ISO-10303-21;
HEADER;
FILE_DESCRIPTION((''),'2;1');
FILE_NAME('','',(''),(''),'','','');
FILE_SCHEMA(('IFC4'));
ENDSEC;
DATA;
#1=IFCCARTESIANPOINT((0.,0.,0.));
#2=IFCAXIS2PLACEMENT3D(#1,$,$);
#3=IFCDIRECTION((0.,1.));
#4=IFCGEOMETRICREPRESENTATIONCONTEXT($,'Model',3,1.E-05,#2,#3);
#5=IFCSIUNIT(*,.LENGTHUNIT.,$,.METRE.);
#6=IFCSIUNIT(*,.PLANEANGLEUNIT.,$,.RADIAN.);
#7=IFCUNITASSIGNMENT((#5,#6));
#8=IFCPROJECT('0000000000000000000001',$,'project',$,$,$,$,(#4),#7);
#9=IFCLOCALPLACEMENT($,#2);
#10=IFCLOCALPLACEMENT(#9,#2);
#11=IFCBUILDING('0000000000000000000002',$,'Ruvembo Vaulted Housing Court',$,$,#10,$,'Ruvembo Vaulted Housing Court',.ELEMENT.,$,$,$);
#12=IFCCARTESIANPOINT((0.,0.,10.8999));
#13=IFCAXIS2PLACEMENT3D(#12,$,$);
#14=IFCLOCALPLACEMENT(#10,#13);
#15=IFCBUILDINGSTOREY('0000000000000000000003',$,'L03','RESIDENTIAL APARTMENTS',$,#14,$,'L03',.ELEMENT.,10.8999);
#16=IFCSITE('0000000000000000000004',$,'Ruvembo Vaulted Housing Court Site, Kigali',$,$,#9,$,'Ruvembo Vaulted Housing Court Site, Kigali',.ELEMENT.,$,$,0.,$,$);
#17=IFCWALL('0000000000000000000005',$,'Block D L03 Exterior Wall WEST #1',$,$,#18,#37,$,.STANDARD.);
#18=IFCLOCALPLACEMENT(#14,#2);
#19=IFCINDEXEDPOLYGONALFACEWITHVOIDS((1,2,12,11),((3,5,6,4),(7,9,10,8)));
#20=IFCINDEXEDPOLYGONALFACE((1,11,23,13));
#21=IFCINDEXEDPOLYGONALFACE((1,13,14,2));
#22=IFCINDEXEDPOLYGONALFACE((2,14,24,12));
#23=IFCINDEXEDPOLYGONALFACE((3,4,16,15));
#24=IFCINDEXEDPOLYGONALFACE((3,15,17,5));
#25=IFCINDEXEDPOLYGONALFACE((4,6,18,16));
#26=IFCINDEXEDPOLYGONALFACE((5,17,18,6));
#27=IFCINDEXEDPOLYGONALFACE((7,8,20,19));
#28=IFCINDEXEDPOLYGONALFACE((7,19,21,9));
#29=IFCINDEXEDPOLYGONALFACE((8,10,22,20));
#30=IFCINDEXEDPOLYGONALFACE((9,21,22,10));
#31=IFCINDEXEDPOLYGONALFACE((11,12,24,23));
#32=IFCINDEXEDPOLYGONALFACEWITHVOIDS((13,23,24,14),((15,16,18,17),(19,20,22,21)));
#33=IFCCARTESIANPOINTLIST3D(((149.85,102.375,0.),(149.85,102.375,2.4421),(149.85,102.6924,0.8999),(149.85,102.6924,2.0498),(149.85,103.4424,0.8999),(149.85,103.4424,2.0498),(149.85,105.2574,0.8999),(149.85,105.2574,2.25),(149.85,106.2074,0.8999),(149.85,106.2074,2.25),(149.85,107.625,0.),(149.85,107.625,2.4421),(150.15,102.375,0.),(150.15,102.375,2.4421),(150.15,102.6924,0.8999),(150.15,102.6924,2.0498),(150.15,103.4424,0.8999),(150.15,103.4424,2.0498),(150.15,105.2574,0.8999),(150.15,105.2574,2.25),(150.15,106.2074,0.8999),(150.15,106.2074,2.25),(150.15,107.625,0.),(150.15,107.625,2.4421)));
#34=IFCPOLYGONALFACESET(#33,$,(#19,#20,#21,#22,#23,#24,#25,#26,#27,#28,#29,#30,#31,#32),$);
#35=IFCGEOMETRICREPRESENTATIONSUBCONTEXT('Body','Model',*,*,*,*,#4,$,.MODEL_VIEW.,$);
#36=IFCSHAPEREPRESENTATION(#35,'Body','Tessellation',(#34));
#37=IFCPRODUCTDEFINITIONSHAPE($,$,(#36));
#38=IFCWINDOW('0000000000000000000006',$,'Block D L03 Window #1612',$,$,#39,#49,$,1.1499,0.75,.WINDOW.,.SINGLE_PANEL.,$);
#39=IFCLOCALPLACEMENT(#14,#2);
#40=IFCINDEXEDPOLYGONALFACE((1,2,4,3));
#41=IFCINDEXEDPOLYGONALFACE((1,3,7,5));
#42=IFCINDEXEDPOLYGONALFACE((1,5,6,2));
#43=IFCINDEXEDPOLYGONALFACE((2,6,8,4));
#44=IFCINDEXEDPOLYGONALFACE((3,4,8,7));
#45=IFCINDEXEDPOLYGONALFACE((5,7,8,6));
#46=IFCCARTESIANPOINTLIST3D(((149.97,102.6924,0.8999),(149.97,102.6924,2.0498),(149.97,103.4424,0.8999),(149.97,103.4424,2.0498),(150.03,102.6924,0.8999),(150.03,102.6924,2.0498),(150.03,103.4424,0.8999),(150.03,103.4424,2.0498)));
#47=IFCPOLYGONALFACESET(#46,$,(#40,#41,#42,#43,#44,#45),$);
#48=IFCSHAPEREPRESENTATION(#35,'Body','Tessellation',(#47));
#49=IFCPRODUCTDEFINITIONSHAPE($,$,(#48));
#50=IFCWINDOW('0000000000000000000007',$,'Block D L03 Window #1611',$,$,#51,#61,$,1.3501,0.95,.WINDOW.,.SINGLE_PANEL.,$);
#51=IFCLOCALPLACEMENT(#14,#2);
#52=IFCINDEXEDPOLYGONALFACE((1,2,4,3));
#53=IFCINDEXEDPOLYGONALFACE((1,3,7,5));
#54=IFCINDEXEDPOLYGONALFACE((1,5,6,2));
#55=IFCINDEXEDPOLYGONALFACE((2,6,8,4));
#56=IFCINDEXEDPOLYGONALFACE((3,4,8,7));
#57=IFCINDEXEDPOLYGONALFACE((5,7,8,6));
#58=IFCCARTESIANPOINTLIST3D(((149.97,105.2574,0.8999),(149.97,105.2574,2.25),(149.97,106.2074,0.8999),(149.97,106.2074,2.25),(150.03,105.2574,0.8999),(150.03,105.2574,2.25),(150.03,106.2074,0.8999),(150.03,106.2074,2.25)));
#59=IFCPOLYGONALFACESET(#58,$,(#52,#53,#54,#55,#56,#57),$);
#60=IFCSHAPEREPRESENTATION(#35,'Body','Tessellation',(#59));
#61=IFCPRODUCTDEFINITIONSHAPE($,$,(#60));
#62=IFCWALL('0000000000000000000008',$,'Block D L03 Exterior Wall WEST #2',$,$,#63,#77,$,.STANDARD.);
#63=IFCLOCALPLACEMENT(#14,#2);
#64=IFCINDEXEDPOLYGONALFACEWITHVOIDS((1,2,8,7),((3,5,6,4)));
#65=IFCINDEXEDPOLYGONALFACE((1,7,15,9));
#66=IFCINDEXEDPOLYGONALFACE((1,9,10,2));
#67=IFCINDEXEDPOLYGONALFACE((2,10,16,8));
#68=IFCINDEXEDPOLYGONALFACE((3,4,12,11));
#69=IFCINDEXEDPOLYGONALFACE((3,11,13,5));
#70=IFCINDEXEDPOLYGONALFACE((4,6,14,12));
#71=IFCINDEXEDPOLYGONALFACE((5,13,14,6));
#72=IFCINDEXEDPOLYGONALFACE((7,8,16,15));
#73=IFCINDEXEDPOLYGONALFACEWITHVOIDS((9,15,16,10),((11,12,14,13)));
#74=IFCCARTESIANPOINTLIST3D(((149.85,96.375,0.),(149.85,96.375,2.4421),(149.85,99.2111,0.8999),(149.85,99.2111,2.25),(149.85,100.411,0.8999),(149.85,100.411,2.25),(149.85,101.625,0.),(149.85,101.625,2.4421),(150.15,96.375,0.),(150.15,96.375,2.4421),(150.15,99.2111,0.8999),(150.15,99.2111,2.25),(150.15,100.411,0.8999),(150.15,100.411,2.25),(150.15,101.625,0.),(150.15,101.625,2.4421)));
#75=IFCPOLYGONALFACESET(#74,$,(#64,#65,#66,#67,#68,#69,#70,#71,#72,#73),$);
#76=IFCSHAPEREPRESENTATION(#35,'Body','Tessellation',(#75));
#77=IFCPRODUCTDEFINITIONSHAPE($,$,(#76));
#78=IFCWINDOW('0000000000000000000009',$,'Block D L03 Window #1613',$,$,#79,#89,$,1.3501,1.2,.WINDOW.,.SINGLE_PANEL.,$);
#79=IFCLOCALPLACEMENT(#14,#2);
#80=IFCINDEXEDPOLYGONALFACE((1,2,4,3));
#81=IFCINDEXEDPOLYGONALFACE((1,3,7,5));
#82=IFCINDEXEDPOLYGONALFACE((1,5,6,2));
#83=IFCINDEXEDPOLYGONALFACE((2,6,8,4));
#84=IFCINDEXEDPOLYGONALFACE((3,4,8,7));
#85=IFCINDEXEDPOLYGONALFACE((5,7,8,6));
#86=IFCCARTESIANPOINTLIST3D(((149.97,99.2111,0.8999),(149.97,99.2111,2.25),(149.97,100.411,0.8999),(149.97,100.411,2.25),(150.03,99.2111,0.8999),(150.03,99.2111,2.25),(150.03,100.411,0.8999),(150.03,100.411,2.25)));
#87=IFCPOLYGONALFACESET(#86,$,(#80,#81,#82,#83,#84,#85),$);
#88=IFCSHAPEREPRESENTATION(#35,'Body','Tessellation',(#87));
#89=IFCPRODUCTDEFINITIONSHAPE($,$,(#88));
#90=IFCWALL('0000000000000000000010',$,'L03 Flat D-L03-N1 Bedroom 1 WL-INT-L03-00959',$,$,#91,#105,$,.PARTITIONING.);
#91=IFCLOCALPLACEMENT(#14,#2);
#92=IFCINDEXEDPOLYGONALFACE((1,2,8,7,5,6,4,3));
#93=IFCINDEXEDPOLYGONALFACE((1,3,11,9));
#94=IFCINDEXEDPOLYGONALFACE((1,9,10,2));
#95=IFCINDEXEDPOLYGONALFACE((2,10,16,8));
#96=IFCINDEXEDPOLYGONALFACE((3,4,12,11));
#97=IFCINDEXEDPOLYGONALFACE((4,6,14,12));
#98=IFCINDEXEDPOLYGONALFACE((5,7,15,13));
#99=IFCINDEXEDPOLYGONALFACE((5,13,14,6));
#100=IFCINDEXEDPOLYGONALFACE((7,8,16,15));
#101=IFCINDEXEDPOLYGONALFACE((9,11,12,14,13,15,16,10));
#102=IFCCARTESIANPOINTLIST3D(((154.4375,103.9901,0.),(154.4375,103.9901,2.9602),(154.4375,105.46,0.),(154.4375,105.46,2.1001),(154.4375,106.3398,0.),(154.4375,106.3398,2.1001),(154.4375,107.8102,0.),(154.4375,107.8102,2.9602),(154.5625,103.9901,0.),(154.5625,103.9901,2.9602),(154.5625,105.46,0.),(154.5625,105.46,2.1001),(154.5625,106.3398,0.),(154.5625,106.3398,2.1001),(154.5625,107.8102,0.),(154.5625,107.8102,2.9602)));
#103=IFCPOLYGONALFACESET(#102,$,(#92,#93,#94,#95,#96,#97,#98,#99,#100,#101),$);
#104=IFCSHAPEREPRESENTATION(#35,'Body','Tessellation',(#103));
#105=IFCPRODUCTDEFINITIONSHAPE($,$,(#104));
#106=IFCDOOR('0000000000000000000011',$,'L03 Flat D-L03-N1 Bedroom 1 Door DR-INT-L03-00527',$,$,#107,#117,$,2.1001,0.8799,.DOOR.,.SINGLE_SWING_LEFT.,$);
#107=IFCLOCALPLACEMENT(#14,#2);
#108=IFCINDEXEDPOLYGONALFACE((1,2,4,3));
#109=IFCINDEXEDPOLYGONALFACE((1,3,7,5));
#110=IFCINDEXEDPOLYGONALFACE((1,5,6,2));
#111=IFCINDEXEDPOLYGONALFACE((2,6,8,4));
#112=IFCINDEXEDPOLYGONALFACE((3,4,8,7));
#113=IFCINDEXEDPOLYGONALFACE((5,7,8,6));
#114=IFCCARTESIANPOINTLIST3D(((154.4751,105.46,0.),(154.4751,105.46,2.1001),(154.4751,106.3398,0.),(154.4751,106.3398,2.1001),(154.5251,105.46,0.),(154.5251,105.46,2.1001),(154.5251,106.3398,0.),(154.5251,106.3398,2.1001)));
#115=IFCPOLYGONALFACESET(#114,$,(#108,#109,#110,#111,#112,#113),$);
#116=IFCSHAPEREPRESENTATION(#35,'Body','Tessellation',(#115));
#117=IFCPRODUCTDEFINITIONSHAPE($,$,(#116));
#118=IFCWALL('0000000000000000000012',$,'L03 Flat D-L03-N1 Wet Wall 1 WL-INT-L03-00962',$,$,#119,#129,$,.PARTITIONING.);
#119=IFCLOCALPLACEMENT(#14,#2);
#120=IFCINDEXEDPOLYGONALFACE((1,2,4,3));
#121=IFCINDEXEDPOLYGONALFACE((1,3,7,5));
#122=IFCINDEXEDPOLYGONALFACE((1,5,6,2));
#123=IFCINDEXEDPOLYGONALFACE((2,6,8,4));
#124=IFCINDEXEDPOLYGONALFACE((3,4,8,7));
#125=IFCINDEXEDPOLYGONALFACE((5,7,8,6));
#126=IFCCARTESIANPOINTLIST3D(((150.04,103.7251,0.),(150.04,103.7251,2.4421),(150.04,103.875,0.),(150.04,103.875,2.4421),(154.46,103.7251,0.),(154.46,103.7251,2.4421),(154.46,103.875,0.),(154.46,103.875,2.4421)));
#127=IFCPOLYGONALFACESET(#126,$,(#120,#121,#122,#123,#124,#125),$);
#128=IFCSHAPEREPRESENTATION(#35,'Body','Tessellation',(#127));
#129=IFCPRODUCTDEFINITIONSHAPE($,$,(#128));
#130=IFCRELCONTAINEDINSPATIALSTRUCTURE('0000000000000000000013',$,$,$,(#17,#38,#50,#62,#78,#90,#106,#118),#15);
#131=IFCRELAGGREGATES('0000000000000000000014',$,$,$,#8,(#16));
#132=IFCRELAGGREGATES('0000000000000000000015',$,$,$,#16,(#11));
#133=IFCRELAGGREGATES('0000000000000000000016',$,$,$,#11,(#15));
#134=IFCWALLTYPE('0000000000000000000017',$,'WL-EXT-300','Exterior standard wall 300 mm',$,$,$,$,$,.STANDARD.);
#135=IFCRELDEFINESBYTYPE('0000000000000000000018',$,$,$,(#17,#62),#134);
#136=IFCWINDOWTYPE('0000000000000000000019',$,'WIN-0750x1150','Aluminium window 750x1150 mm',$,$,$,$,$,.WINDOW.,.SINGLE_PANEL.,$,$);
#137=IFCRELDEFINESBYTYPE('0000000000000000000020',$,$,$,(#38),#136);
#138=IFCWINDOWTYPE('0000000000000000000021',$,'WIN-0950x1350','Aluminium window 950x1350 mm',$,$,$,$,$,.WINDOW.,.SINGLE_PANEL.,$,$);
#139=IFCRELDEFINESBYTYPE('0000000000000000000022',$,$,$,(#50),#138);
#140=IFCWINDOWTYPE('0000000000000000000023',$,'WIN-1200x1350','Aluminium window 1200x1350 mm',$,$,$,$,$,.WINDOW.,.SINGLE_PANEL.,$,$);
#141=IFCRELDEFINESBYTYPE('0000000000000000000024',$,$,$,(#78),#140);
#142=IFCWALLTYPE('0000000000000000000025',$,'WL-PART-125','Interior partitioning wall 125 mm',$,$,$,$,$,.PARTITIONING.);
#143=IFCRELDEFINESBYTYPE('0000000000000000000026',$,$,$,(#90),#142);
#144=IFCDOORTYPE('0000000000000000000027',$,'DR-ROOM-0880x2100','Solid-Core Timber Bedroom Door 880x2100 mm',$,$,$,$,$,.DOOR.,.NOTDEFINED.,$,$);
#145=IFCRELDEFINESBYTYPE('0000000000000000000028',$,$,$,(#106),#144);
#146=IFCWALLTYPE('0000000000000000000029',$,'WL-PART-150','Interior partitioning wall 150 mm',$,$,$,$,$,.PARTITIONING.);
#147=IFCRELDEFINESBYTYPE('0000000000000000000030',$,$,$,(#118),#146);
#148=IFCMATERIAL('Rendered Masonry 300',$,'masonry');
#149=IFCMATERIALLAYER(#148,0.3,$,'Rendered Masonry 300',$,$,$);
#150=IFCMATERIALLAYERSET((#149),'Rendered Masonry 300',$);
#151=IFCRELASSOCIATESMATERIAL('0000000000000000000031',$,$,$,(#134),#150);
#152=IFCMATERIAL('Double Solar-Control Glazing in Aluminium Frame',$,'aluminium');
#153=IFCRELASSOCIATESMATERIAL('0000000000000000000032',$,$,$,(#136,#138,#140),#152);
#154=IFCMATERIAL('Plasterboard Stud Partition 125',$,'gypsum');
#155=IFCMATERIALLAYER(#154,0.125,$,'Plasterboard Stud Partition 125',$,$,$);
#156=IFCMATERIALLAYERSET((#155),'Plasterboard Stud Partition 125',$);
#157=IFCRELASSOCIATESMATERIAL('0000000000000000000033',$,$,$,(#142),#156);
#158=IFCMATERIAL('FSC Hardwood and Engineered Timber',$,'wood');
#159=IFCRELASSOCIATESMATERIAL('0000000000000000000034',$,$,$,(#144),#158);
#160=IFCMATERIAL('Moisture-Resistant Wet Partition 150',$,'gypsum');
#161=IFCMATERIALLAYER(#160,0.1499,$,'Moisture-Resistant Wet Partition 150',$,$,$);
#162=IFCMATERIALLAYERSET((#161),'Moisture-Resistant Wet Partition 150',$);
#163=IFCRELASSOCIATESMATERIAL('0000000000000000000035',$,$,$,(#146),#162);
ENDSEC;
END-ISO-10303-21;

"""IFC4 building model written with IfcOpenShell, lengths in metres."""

from ifc_helpers import new_model, si_unit, direction, frame, frame_2d, origin, place, context, subcontext, project, spatial, rectangle, extrude, material, layer, layer_set, type_object, element, fill, save


model = new_model("IFC4")

# Units and contexts
model_context = context("Model", 3, precision=1e-05, world=origin(), true_north=direction((0.0, 1.0)))
body_context = subcontext(model_context, "Body", "Model", "MODEL_VIEW")
ifc_project = project(units=[si_unit("LENGTHUNIT", "METRE"), si_unit("PLANEANGLEUNIT", "RADIAN")], contexts=[model_context])

# Site, building, storey
site_placement = place(None, origin())
site = spatial("IfcSite", under=ifc_project, at=site_placement, Name="Ruvembo Vaulted Housing Court Site, Kigali", LongName="Ruvembo Vaulted Housing Court Site, Kigali", CompositionType="ELEMENT", RefElevation=0.0)
building_placement = place(site_placement, origin())
building = spatial("IfcBuilding", under=site, at=building_placement, Name="Ruvembo Vaulted Housing Court", LongName="Ruvembo Vaulted Housing Court", CompositionType="ELEMENT")
storey_placement = place(building_placement, frame((0.0, 0.0, 10.8999)))
storey = spatial("IfcBuildingStorey", under=building, at=storey_placement, Name="L03", Description="RESIDENTIAL APARTMENTS", LongName="L03", CompositionType="ELEMENT", Elevation=10.8999)

# Wall, openings, windows
ifc_material_1 = material(Name="Rendered Masonry 300", Category="masonry")
ifc_layer_1 = layer(ifc_material_1, 0.3, Name="Rendered Masonry 300")
ifc_layer_set_1 = layer_set([ifc_layer_1], Name="Rendered Masonry 300")
wall_type_1 = type_object("IfcWallType", Name="WL-EXT-300", Description="Exterior standard wall 300 mm", PredefinedType="STANDARD", material=ifc_layer_set_1)
ifc_material_2 = material(Name="Double Solar-Control Glazing in Aluminium Frame", Category="aluminium")
wall_1_placement = place(storey_placement, frame((150.0, 107.625, 0.0), z_axis=(0.0, 0.0, 1.0), x_axis=(0.0, -1.0, 0.0)))
wall_1 = element("IfcWall", 1, at=wall_1_placement, inside=storey, type_object=wall_type_1, Name="Block D L03 Exterior Wall WEST #1", PredefinedType="STANDARD", context=body_context, shape_type="SweptSolid", body=[
    extrude(rectangle(XDim=5.25, YDim=0.3, at=frame_2d((2.625, 0.0))), origin(), (0.0, 0.0, 1.0), 2.4421),
])
opening_1_placement = place(wall_1_placement, frame((1.4175, 0.0, 0.8999)))
opening_1 = element("IfcOpeningElement", 2, at=opening_1_placement, cuts=wall_1, PredefinedType="OPENING", context=body_context, shape_type="SweptSolid", body=[
    extrude(rectangle(XDim=0.95, YDim=1.3501, at=frame_2d((0.4751, 0.675))), frame((0.0, 0.1599, 0.0), z_axis=(0.0, -1.0, 0.0), x_axis=(1.0, 0.0, 0.0)), (0.0, 0.0, 1.0), 0.3201),
])
opening_2_placement = place(wall_1_placement, frame((4.1826, 0.0, 0.8999)))
opening_2 = element("IfcOpeningElement", 3, at=opening_2_placement, cuts=wall_1, PredefinedType="OPENING", context=body_context, shape_type="SweptSolid", body=[
    extrude(rectangle(XDim=0.75, YDim=1.1499, at=frame_2d((0.375, 0.575))), frame((0.0, 0.1599, 0.0), z_axis=(0.0, -1.0, 0.0), x_axis=(1.0, 0.0, 0.0)), (0.0, 0.0, 1.0), 0.3201),
])
window_type_1 = type_object("IfcWindowType", Name="WIN-0750x1150", Description="Aluminium window 750x1150 mm", PartitioningType="SINGLE_PANEL", PredefinedType="WINDOW", material=ifc_material_2)
window_1_placement = place(opening_2_placement, origin())
window_1 = element("IfcWindow", 4, at=window_1_placement, inside=storey, type_object=window_type_1, Name="Block D L03 Window #1612", OverallHeight=1.1499, OverallWidth=0.75, PartitioningType="SINGLE_PANEL", PredefinedType="WINDOW", context=body_context, shape_type="SweptSolid", body=[
    extrude(rectangle(XDim=0.75, YDim=1.1499, at=frame_2d((0.375, 0.575))), frame((0.0, 0.03, 0.0), z_axis=(0.0, -1.0, 0.0), x_axis=(1.0, 0.0, 0.0)), (0.0, 0.0, 1.0), 0.0601),
])
fill(opening_2, window_1)
window_type_2 = type_object("IfcWindowType", Name="WIN-0950x1350", Description="Aluminium window 950x1350 mm", PartitioningType="SINGLE_PANEL", PredefinedType="WINDOW", material=ifc_material_2)
window_2_placement = place(opening_1_placement, origin())
window_2 = element("IfcWindow", 5, at=window_2_placement, inside=storey, type_object=window_type_2, Name="Block D L03 Window #1611", OverallHeight=1.3501, OverallWidth=0.95, PartitioningType="SINGLE_PANEL", PredefinedType="WINDOW", context=body_context, shape_type="SweptSolid", body=[
    extrude(rectangle(XDim=0.95, YDim=1.3501, at=frame_2d((0.4751, 0.675))), frame((0.0, 0.03, 0.0), z_axis=(0.0, -1.0, 0.0), x_axis=(1.0, 0.0, 0.0)), (0.0, 0.0, 1.0), 0.0601),
])
fill(opening_1, window_2)

# Wall, opening, window
wall_2_placement = place(storey_placement, frame((150.0, 101.625, 0.0), z_axis=(0.0, 0.0, 1.0), x_axis=(0.0, -1.0, 0.0)))
wall_2 = element("IfcWall", 6, at=wall_2_placement, inside=storey, type_object=wall_type_1, Name="Block D L03 Exterior Wall WEST #2", PredefinedType="STANDARD", context=body_context, shape_type="SweptSolid", body=[
    extrude(rectangle(XDim=5.25, YDim=0.3, at=frame_2d((2.625, 0.0))), origin(), (0.0, 0.0, 1.0), 2.4421),
])
opening_3_placement = place(wall_2_placement, frame((1.2139, 0.0, 0.8999)))
opening_3 = element("IfcOpeningElement", 7, at=opening_3_placement, cuts=wall_2, PredefinedType="OPENING", context=body_context, shape_type="SweptSolid", body=[
    extrude(rectangle(XDim=1.2, YDim=1.3501, at=frame_2d((0.6001, 0.675))), frame((0.0, 0.1599, 0.0), z_axis=(0.0, -1.0, 0.0), x_axis=(1.0, 0.0, 0.0)), (0.0, 0.0, 1.0), 0.3201),
])
window_type_3 = type_object("IfcWindowType", Name="WIN-1200x1350", Description="Aluminium window 1200x1350 mm", PartitioningType="SINGLE_PANEL", PredefinedType="WINDOW", material=ifc_material_2)
window_3_placement = place(opening_3_placement, origin())
window_3 = element("IfcWindow", 8, at=window_3_placement, inside=storey, type_object=window_type_3, Name="Block D L03 Window #1613", OverallHeight=1.3501, OverallWidth=1.2, PartitioningType="SINGLE_PANEL", PredefinedType="WINDOW", context=body_context, shape_type="SweptSolid", body=[
    extrude(rectangle(XDim=1.2, YDim=1.3501, at=frame_2d((0.6001, 0.675))), frame((0.0, 0.03, 0.0), z_axis=(0.0, -1.0, 0.0), x_axis=(1.0, 0.0, 0.0)), (0.0, 0.0, 1.0), 0.0601),
])
fill(opening_3, window_3)

# Wall, opening, door
ifc_material_3 = material(Name="Plasterboard Stud Partition 125", Category="gypsum")
ifc_layer_2 = layer(ifc_material_3, 0.125, Name="Plasterboard Stud Partition 125")
ifc_layer_set_2 = layer_set([ifc_layer_2], Name="Plasterboard Stud Partition 125")
wall_type_2 = type_object("IfcWallType", Name="WL-PART-125", Description="Interior partitioning wall 125 mm", PredefinedType="PARTITIONING", material=ifc_layer_set_2)
wall_3_placement = place(storey_placement, frame((154.5, 103.99, 0.0), z_axis=(0.0, 0.0, 1.0), x_axis=(0.0, 1.0, 0.0)))
wall_3 = element("IfcWall", 9, at=wall_3_placement, inside=storey, type_object=wall_type_2, Name="L03 Flat D-L03-N1 Bedroom 1 WL-INT-L03-00959", PredefinedType="PARTITIONING", context=body_context, shape_type="SweptSolid", body=[
    extrude(rectangle(XDim=3.8201, YDim=0.125, at=frame_2d((1.9102, 0.0))), origin(), (0.0, 0.0, 1.0), 2.9602),
])
opening_4_placement = place(wall_3_placement, frame((1.47, 0.0, 0.0)))
opening_4 = element("IfcOpeningElement", 10, at=opening_4_placement, cuts=wall_3, PredefinedType="OPENING", context=body_context, shape_type="SweptSolid", body=[
    extrude(rectangle(XDim=0.8799, YDim=2.1001, at=frame_2d((0.4399, 1.05))), frame((0.0, 0.0725, 0.0), z_axis=(0.0, -1.0, 0.0), x_axis=(1.0, 0.0, 0.0)), (0.0, 0.0, 1.0), 0.145),
])
ifc_material_4 = material(Name="FSC Hardwood and Engineered Timber", Category="wood")
door_type = type_object("IfcDoorType", Name="DR-ROOM-0880x2100", Description="Solid-Core Timber Bedroom Door 880x2100 mm", OperationType="NOTDEFINED", PredefinedType="DOOR", material=ifc_material_4)
door_placement = place(opening_4_placement, origin())
door = element("IfcDoor", 11, at=door_placement, inside=storey, type_object=door_type, Name="L03 Flat D-L03-N1 Bedroom 1 Door DR-INT-L03-00527", OperationType="SINGLE_SWING_LEFT", OverallHeight=2.1001, OverallWidth=0.8799, PredefinedType="DOOR", context=body_context, shape_type="SweptSolid", body=[
    extrude(rectangle(XDim=0.8799, YDim=2.1001, at=frame_2d((0.4399, 1.05))), frame((0.0, 0.0249, 0.0), z_axis=(0.0, -1.0, 0.0), x_axis=(1.0, 0.0, 0.0)), (0.0, 0.0, 1.0), 0.05),
])
fill(opening_4, door)

# Wall
ifc_material_5 = material(Name="Moisture-Resistant Wet Partition 150", Category="gypsum")
ifc_layer_3 = layer(ifc_material_5, 0.1499, Name="Moisture-Resistant Wet Partition 150")
ifc_layer_set_3 = layer_set([ifc_layer_3], Name="Moisture-Resistant Wet Partition 150")
wall_type_3 = type_object("IfcWallType", Name="WL-PART-150", Description="Interior partitioning wall 150 mm", PredefinedType="PARTITIONING", material=ifc_layer_set_3)
wall_4_placement = place(storey_placement, frame((150.04, 103.8, 0.0), z_axis=(0.0, 0.0, 1.0), x_axis=(1.0, 0.0, 0.0)))
element("IfcWall", 12, at=wall_4_placement, inside=storey, type_object=wall_type_3, Name="L03 Flat D-L03-N1 Wet Wall 1 WL-INT-L03-00962", PredefinedType="PARTITIONING", context=body_context, shape_type="SweptSolid", body=[
    extrude(rectangle(XDim=4.4199, YDim=0.1499, at=frame_2d((2.21, 0.0))), origin(), (0.0, 0.0, 1.0), 2.4421),
])

save(model, "model.ifc")
